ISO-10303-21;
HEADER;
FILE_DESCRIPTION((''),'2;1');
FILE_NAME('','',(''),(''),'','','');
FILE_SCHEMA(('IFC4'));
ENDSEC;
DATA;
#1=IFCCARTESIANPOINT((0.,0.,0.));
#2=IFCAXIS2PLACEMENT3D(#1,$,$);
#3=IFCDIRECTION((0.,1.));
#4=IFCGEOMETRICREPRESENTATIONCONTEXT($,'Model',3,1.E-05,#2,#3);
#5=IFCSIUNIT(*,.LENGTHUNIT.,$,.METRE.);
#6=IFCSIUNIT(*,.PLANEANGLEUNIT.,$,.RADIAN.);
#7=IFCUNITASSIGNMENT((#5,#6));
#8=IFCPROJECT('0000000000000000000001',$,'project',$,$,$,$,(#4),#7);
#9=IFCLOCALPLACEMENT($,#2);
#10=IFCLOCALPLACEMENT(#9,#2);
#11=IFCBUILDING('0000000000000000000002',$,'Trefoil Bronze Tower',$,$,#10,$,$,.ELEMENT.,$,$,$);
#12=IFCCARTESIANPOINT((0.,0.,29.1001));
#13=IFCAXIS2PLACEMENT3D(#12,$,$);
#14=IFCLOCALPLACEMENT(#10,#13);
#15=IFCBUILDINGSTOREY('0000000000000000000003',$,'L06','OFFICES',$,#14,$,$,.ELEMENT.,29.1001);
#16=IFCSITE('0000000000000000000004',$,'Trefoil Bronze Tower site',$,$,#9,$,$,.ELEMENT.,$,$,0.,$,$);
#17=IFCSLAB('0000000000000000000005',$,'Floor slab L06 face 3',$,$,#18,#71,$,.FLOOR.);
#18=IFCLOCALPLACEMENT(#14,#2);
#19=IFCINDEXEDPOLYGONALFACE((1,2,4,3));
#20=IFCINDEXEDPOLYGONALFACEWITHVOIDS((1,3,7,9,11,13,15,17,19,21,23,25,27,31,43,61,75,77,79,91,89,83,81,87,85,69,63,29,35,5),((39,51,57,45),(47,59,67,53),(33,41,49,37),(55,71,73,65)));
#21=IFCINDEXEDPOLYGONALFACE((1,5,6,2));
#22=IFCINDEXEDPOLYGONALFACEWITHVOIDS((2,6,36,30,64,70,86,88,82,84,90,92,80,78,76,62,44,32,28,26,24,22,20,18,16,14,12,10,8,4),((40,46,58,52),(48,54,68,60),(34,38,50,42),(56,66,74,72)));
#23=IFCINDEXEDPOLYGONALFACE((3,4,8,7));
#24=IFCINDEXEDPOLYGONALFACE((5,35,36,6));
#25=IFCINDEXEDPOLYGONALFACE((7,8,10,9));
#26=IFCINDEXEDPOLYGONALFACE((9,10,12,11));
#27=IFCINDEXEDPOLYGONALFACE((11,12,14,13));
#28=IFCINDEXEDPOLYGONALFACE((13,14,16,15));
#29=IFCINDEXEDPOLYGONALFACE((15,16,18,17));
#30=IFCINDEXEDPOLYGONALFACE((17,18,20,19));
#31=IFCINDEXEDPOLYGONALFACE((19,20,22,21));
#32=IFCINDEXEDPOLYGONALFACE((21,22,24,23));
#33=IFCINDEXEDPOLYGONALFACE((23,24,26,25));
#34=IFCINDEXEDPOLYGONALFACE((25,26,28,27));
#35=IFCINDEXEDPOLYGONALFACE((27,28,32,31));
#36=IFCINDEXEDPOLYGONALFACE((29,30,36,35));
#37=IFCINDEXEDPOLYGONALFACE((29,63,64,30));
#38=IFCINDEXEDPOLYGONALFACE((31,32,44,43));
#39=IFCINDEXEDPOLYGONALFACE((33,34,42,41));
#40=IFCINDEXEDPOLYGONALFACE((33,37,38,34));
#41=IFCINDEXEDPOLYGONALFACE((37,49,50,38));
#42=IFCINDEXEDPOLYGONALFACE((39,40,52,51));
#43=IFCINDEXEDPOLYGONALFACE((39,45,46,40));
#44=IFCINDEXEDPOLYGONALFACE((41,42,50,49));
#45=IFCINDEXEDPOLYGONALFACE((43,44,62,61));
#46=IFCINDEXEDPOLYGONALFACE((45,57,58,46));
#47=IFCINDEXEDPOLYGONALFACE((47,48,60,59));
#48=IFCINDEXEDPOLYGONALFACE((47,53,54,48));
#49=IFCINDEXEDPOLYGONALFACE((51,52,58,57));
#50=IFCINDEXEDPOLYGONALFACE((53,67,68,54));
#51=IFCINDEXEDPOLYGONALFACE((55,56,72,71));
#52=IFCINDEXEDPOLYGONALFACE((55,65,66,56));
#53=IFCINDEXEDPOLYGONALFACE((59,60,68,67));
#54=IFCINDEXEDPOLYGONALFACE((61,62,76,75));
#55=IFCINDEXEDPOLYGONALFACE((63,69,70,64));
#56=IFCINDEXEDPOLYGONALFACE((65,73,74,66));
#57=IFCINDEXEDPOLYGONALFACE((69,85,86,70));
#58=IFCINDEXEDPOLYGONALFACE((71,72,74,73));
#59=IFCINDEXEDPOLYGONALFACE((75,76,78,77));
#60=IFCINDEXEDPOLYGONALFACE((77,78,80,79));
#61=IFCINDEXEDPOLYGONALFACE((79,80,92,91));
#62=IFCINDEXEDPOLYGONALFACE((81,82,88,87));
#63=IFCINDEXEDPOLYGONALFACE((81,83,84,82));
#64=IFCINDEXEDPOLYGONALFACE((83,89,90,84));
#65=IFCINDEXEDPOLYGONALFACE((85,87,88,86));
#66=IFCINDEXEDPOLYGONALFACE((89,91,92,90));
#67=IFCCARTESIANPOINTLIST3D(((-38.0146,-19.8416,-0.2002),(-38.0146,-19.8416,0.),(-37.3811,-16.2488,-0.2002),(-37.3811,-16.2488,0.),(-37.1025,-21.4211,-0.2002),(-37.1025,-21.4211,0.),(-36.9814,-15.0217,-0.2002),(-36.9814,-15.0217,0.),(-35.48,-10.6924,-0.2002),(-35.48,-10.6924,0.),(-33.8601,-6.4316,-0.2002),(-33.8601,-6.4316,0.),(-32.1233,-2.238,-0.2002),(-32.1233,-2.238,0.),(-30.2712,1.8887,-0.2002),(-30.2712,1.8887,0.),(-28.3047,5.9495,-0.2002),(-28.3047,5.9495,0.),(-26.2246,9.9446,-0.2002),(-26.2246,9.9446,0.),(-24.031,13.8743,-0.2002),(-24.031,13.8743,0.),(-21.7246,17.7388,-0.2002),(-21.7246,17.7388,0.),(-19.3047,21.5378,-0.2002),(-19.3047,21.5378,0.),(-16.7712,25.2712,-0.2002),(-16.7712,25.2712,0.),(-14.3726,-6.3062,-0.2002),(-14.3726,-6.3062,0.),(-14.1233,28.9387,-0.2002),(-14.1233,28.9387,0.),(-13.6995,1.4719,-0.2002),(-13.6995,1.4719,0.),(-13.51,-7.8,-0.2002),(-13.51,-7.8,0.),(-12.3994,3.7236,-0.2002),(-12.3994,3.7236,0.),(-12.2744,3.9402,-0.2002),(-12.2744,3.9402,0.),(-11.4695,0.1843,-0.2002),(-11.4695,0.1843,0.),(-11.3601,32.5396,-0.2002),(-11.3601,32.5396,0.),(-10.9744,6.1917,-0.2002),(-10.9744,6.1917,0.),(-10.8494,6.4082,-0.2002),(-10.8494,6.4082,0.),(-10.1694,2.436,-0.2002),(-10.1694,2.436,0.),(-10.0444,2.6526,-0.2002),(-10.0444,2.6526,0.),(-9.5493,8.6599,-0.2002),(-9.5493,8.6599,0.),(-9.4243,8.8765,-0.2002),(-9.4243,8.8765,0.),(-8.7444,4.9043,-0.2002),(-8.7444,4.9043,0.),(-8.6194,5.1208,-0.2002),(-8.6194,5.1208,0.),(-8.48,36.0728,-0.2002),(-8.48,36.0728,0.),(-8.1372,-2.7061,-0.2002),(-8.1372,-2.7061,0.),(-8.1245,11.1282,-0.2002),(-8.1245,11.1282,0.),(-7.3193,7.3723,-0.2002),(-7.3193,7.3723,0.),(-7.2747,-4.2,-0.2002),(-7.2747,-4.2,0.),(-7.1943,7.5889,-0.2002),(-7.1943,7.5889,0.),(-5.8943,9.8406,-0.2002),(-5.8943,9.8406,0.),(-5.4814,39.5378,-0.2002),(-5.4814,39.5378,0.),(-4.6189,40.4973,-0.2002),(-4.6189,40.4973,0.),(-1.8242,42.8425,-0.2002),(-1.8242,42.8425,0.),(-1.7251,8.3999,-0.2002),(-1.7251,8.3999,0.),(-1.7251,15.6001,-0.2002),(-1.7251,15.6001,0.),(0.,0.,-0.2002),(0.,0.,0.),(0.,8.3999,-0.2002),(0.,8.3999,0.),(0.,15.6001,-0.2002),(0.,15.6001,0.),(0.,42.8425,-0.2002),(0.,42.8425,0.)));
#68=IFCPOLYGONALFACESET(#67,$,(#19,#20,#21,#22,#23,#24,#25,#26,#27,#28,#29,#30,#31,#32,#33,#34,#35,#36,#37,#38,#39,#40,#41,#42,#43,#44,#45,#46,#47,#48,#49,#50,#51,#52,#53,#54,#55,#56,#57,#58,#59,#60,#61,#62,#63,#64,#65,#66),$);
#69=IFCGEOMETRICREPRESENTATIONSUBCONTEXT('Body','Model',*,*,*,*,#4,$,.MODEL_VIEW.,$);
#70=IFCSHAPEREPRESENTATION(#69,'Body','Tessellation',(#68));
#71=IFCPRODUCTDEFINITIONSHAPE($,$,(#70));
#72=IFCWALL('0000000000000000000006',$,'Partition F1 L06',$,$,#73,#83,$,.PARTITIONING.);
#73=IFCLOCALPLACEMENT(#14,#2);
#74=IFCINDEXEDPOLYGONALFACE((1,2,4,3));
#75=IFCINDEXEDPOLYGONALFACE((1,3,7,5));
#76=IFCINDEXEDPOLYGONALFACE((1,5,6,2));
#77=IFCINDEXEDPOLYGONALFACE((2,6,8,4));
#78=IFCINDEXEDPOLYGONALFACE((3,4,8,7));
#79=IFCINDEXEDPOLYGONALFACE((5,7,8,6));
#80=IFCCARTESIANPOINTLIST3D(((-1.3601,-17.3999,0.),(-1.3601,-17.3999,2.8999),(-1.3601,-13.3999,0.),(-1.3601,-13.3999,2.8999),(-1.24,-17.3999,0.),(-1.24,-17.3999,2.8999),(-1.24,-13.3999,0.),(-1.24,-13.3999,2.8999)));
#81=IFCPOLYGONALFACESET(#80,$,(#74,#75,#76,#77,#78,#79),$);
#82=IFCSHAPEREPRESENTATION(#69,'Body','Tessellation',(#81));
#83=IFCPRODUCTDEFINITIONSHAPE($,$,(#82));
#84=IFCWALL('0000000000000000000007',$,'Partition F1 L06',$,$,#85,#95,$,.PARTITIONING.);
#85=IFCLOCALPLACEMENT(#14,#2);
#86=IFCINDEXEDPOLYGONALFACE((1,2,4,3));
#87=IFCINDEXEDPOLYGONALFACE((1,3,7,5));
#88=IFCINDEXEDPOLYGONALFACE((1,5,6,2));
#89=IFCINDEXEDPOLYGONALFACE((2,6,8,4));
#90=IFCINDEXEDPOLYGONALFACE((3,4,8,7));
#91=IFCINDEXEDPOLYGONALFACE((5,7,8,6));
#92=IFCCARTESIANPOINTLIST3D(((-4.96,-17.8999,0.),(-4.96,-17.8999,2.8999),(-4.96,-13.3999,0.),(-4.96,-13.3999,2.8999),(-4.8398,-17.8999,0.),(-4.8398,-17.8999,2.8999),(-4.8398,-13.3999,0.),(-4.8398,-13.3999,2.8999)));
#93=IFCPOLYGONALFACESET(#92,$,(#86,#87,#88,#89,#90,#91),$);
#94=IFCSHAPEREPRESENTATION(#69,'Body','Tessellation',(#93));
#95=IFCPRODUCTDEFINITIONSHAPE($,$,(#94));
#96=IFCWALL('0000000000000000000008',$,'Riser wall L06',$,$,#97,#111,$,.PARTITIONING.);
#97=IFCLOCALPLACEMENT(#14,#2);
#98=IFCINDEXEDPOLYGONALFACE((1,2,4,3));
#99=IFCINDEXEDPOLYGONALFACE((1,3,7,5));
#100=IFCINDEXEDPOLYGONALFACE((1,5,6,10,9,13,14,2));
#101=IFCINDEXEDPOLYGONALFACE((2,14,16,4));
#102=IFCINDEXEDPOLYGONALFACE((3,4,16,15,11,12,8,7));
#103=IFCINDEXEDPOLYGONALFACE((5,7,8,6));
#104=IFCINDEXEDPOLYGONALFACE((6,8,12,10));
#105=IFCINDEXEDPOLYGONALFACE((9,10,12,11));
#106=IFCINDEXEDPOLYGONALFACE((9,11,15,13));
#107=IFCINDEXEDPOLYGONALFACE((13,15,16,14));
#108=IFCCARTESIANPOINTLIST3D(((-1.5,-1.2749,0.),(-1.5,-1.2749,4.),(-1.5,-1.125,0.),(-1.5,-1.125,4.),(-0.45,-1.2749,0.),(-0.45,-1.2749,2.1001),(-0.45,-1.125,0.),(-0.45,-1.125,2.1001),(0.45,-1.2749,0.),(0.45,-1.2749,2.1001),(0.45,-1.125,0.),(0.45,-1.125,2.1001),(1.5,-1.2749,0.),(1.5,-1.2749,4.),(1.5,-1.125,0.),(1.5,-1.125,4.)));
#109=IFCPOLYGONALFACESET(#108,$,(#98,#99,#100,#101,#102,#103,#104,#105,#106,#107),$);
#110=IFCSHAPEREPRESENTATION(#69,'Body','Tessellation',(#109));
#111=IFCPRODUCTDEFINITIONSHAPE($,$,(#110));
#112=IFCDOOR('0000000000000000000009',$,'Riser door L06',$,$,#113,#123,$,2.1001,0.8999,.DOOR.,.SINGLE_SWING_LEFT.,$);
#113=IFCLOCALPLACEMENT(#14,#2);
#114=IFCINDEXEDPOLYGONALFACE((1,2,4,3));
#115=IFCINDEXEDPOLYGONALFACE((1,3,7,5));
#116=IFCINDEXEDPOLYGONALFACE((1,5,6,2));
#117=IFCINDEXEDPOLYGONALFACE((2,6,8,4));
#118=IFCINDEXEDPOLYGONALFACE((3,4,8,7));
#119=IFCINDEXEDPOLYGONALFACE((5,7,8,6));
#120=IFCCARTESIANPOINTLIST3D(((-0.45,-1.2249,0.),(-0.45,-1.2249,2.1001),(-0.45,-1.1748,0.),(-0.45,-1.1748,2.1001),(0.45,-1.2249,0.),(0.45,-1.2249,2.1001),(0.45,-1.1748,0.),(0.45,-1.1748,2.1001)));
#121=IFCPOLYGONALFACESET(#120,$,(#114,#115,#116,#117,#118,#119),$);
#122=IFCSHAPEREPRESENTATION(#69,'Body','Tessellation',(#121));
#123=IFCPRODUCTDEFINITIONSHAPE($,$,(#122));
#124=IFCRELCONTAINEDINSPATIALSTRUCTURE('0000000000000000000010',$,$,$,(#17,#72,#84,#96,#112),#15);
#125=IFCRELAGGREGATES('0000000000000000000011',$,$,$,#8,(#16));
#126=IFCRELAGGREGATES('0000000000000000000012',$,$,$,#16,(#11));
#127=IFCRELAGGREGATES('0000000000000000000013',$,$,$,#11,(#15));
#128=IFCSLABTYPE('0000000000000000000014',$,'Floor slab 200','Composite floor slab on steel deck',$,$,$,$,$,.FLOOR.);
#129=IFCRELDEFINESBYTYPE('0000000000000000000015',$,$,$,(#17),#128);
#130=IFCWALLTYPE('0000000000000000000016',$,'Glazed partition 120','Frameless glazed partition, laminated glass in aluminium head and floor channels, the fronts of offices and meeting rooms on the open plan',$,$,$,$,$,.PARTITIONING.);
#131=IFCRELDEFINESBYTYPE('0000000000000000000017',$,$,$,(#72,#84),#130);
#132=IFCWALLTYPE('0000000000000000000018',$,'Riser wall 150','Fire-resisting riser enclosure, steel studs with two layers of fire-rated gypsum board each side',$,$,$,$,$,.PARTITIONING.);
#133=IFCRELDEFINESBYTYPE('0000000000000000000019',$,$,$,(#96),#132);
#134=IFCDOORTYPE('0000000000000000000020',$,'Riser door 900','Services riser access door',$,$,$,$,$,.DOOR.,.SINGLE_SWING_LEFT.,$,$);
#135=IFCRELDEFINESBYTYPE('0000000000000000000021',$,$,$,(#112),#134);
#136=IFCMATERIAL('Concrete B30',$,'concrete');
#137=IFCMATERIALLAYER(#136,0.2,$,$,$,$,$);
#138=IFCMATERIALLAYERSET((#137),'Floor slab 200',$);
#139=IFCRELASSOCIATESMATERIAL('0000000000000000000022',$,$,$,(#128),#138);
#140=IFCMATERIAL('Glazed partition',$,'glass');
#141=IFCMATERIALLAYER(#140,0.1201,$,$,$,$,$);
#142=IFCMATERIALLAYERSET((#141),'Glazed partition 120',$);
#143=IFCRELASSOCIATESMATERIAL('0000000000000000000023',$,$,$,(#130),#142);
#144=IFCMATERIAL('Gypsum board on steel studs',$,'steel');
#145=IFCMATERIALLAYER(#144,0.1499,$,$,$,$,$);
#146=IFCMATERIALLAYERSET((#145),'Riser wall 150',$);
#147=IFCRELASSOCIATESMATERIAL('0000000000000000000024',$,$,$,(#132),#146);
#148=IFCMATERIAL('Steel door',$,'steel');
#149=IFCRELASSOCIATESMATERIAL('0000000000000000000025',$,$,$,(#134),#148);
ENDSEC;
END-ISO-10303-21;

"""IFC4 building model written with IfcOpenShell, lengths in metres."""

from ifc_helpers import new_model, si_unit, direction, frame, frame_2d, origin, place, context, subcontext, project, spatial, polyline, rectangle, outline, extrude, material, layer, layer_set, type_object, element, fill, save


model = new_model("IFC4")

# Units and contexts
model_context = context("Model", 3, precision=1e-05, world=origin(), true_north=direction((0.0, 1.0)))
body_context = subcontext(model_context, "Body", "Model", "MODEL_VIEW")
ifc_project = project(units=[si_unit("LENGTHUNIT", "METRE"), si_unit("PLANEANGLEUNIT", "RADIAN")], contexts=[model_context])

# Site, building, storey
site_placement = place(None, origin())
site = spatial("IfcSite", under=ifc_project, at=site_placement, Name="Trefoil Bronze Tower site", CompositionType="ELEMENT", RefElevation=0.0)
building_placement = place(site_placement, origin())
building = spatial("IfcBuilding", under=site, at=building_placement, Name="Trefoil Bronze Tower", CompositionType="ELEMENT")
storey_placement = place(building_placement, frame((0.0, 0.0, 29.1001)))
storey = spatial("IfcBuildingStorey", under=building, at=storey_placement, Name="L06", Description="OFFICES", CompositionType="ELEMENT", Elevation=29.1001)

# Slab
ifc_material_1 = material(Name="Concrete B30", Category="concrete")
ifc_layer_1 = layer(ifc_material_1, 0.2)
ifc_layer_set_1 = layer_set([ifc_layer_1], Name="Floor slab 200")
slab_type = type_object("IfcSlabType", Name="Floor slab 200", Description="Composite floor slab on steel deck", PredefinedType="FLOOR", material=ifc_layer_set_1)
slab_1_placement = place(storey_placement, frame((0.0, 0.0, -0.2002)))
element("IfcSlab", 1, at=slab_1_placement, inside=storey, type_object=slab_type, Name="Floor slab L06 face 3", PredefinedType="FLOOR", context=body_context, shape_type="SweptSolid", body=[
    extrude(outline(polyline([(-35.48, -10.6924), (-33.8601, -6.4316), (-32.1233, -2.238), (-30.2712, 1.8887), (-28.3047, 5.9495), (-26.2246, 9.9446), (-24.031, 13.8743), (-21.7246, 17.7388), (-19.3047, 21.5378), (-16.7712, 25.2712), (-14.1233, 28.9387), (-11.3601, 32.5396), (-8.48, 36.0728), (-5.4814, 39.5378), (-4.6189, 40.4973), (-1.8242, 42.8425), (0.0, 42.8425), (0.0, 15.6001), (-1.7251, 15.6001), (-1.7251, 8.3999), (0.0, 8.3999), (0.0, 0.0), (-7.2747, -4.2), (-8.1372, -2.7061), (-14.3726, -6.3062), (-13.51, -7.8), (-37.1025, -21.4211), (-38.0146, -19.8416), (-37.3811, -16.2488), (-36.9814, -15.0217), (-35.48, -10.6924)]), holes=[polyline([(-5.8943, 9.8406), (-7.1943, 7.5889), (-9.4243, 8.8765), (-8.1245, 11.1282), (-5.8943, 9.8406)]), polyline([(-7.3193, 7.3723), (-8.6194, 5.1208), (-10.8494, 6.4082), (-9.5493, 8.6599), (-7.3193, 7.3723)]), polyline([(-8.7444, 4.9043), (-10.0444, 2.6526), (-12.2744, 3.9402), (-10.9744, 6.1917), (-8.7444, 4.9043)]), polyline([(-10.1694, 2.436), (-11.4695, 0.1843), (-13.6995, 1.4719), (-12.3994, 3.7236), (-10.1694, 2.436)])]), origin(), (0.0, 0.0, 1.0), 0.2002),
])

# Walls
ifc_material_2 = material(Name="Glazed partition", Category="glass")
ifc_layer_2 = layer(ifc_material_2, 0.1201)
ifc_layer_set_2 = layer_set([ifc_layer_2], Name="Glazed partition 120")
wall_type_1 = type_object("IfcWallType", Name="Glazed partition 120", Description="Frameless glazed partition, laminated glass in aluminium head and floor channels, the fronts of offices and meeting rooms on the open plan", PredefinedType="PARTITIONING", material=ifc_layer_set_2)
wall_1_placement = place(storey_placement, frame((-1.3, -13.3999, 0.0), z_axis=(0.0, 0.0, 1.0), x_axis=(0.0, -1.0, 0.0)))
element("IfcWall", 2, at=wall_1_placement, inside=storey, type_object=wall_type_1, Name="Partition F1 L06", PredefinedType="PARTITIONING", context=body_context, shape_type="SweptSolid", body=[
    extrude(rectangle(XDim=4.0, YDim=0.1201, at=frame_2d((2.0, 0.0))), origin(), (0.0, 0.0, 1.0), 2.8999),
])
wall_2_placement = place(storey_placement, frame((-4.8999, -13.3999, 0.0), z_axis=(0.0, 0.0, 1.0), x_axis=(0.0, -1.0, 0.0)))
element("IfcWall", 3, at=wall_2_placement, inside=storey, type_object=wall_type_1, Name="Partition F1 L06", PredefinedType="PARTITIONING", context=body_context, shape_type="SweptSolid", body=[
    extrude(rectangle(XDim=4.5, YDim=0.1201, at=frame_2d((2.25, 0.0))), origin(), (0.0, 0.0, 1.0), 2.8999),
])

# Wall, opening, door
ifc_material_3 = material(Name="Gypsum board on steel studs", Category="steel")
ifc_layer_3 = layer(ifc_material_3, 0.1499)
ifc_layer_set_3 = layer_set([ifc_layer_3], Name="Riser wall 150")
wall_type_2 = type_object("IfcWallType", Name="Riser wall 150", Description="Fire-resisting riser enclosure, steel studs with two layers of fire-rated gypsum board each side", PredefinedType="PARTITIONING", material=ifc_layer_set_3)
wall_3_placement = place(storey_placement, frame((-1.5, -1.2, 0.0), z_axis=(0.0, 0.0, 1.0), x_axis=(1.0, 0.0, 0.0)))
wall_3 = element("IfcWall", 4, at=wall_3_placement, inside=storey, type_object=wall_type_2, Name="Riser wall L06", PredefinedType="PARTITIONING", context=body_context, shape_type="SweptSolid", body=[
    extrude(rectangle(XDim=3.0, YDim=0.1499, at=frame_2d((1.5, 0.0))), origin(), (0.0, 0.0, 1.0), 4.0),
])
opening_1_placement = place(wall_3_placement, frame((1.05, 0.0, 0.0)))
opening_1 = element("IfcOpeningElement", 5, at=opening_1_placement, cuts=wall_3, PredefinedType="OPENING", context=body_context, shape_type="SweptSolid", body=[
    extrude(rectangle(XDim=0.8999, YDim=2.1001, at=frame_2d((0.45, 1.05))), frame((0.0, 0.085, 0.0), z_axis=(0.0, -1.0, 0.0), x_axis=(1.0, 0.0, 0.0)), (0.0, 0.0, 1.0), 0.1699),
])
ifc_material_4 = material(Name="Steel door", Category="steel")
door_type_1 = type_object("IfcDoorType", Name="Riser door 900", Description="Services riser access door", OperationType="SINGLE_SWING_LEFT", PredefinedType="DOOR", material=ifc_material_4)
door_1_placement = place(opening_1_placement, frame((0.8999, 0.0, 0.0), z_axis=(0.0, 0.0, 1.0), x_axis=(-1.0, 0.0, 0.0)))
door_1 = element("IfcDoor", 6, at=door_1_placement, inside=storey, type_object=door_type_1, Name="Riser door L06", OperationType="SINGLE_SWING_LEFT", OverallHeight=2.1001, OverallWidth=0.8999, PredefinedType="DOOR", context=body_context, shape_type="SweptSolid", body=[
    extrude(rectangle(XDim=0.8999, YDim=2.1001, at=frame_2d((0.45, 1.05))), frame((0.0, 0.0249, 0.0), z_axis=(0.0, -1.0, 0.0), x_axis=(1.0, 0.0, 0.0)), (0.0, 0.0, 1.0), 0.05),
])
fill(opening_1, door_1)

save(model, "model.ifc")
